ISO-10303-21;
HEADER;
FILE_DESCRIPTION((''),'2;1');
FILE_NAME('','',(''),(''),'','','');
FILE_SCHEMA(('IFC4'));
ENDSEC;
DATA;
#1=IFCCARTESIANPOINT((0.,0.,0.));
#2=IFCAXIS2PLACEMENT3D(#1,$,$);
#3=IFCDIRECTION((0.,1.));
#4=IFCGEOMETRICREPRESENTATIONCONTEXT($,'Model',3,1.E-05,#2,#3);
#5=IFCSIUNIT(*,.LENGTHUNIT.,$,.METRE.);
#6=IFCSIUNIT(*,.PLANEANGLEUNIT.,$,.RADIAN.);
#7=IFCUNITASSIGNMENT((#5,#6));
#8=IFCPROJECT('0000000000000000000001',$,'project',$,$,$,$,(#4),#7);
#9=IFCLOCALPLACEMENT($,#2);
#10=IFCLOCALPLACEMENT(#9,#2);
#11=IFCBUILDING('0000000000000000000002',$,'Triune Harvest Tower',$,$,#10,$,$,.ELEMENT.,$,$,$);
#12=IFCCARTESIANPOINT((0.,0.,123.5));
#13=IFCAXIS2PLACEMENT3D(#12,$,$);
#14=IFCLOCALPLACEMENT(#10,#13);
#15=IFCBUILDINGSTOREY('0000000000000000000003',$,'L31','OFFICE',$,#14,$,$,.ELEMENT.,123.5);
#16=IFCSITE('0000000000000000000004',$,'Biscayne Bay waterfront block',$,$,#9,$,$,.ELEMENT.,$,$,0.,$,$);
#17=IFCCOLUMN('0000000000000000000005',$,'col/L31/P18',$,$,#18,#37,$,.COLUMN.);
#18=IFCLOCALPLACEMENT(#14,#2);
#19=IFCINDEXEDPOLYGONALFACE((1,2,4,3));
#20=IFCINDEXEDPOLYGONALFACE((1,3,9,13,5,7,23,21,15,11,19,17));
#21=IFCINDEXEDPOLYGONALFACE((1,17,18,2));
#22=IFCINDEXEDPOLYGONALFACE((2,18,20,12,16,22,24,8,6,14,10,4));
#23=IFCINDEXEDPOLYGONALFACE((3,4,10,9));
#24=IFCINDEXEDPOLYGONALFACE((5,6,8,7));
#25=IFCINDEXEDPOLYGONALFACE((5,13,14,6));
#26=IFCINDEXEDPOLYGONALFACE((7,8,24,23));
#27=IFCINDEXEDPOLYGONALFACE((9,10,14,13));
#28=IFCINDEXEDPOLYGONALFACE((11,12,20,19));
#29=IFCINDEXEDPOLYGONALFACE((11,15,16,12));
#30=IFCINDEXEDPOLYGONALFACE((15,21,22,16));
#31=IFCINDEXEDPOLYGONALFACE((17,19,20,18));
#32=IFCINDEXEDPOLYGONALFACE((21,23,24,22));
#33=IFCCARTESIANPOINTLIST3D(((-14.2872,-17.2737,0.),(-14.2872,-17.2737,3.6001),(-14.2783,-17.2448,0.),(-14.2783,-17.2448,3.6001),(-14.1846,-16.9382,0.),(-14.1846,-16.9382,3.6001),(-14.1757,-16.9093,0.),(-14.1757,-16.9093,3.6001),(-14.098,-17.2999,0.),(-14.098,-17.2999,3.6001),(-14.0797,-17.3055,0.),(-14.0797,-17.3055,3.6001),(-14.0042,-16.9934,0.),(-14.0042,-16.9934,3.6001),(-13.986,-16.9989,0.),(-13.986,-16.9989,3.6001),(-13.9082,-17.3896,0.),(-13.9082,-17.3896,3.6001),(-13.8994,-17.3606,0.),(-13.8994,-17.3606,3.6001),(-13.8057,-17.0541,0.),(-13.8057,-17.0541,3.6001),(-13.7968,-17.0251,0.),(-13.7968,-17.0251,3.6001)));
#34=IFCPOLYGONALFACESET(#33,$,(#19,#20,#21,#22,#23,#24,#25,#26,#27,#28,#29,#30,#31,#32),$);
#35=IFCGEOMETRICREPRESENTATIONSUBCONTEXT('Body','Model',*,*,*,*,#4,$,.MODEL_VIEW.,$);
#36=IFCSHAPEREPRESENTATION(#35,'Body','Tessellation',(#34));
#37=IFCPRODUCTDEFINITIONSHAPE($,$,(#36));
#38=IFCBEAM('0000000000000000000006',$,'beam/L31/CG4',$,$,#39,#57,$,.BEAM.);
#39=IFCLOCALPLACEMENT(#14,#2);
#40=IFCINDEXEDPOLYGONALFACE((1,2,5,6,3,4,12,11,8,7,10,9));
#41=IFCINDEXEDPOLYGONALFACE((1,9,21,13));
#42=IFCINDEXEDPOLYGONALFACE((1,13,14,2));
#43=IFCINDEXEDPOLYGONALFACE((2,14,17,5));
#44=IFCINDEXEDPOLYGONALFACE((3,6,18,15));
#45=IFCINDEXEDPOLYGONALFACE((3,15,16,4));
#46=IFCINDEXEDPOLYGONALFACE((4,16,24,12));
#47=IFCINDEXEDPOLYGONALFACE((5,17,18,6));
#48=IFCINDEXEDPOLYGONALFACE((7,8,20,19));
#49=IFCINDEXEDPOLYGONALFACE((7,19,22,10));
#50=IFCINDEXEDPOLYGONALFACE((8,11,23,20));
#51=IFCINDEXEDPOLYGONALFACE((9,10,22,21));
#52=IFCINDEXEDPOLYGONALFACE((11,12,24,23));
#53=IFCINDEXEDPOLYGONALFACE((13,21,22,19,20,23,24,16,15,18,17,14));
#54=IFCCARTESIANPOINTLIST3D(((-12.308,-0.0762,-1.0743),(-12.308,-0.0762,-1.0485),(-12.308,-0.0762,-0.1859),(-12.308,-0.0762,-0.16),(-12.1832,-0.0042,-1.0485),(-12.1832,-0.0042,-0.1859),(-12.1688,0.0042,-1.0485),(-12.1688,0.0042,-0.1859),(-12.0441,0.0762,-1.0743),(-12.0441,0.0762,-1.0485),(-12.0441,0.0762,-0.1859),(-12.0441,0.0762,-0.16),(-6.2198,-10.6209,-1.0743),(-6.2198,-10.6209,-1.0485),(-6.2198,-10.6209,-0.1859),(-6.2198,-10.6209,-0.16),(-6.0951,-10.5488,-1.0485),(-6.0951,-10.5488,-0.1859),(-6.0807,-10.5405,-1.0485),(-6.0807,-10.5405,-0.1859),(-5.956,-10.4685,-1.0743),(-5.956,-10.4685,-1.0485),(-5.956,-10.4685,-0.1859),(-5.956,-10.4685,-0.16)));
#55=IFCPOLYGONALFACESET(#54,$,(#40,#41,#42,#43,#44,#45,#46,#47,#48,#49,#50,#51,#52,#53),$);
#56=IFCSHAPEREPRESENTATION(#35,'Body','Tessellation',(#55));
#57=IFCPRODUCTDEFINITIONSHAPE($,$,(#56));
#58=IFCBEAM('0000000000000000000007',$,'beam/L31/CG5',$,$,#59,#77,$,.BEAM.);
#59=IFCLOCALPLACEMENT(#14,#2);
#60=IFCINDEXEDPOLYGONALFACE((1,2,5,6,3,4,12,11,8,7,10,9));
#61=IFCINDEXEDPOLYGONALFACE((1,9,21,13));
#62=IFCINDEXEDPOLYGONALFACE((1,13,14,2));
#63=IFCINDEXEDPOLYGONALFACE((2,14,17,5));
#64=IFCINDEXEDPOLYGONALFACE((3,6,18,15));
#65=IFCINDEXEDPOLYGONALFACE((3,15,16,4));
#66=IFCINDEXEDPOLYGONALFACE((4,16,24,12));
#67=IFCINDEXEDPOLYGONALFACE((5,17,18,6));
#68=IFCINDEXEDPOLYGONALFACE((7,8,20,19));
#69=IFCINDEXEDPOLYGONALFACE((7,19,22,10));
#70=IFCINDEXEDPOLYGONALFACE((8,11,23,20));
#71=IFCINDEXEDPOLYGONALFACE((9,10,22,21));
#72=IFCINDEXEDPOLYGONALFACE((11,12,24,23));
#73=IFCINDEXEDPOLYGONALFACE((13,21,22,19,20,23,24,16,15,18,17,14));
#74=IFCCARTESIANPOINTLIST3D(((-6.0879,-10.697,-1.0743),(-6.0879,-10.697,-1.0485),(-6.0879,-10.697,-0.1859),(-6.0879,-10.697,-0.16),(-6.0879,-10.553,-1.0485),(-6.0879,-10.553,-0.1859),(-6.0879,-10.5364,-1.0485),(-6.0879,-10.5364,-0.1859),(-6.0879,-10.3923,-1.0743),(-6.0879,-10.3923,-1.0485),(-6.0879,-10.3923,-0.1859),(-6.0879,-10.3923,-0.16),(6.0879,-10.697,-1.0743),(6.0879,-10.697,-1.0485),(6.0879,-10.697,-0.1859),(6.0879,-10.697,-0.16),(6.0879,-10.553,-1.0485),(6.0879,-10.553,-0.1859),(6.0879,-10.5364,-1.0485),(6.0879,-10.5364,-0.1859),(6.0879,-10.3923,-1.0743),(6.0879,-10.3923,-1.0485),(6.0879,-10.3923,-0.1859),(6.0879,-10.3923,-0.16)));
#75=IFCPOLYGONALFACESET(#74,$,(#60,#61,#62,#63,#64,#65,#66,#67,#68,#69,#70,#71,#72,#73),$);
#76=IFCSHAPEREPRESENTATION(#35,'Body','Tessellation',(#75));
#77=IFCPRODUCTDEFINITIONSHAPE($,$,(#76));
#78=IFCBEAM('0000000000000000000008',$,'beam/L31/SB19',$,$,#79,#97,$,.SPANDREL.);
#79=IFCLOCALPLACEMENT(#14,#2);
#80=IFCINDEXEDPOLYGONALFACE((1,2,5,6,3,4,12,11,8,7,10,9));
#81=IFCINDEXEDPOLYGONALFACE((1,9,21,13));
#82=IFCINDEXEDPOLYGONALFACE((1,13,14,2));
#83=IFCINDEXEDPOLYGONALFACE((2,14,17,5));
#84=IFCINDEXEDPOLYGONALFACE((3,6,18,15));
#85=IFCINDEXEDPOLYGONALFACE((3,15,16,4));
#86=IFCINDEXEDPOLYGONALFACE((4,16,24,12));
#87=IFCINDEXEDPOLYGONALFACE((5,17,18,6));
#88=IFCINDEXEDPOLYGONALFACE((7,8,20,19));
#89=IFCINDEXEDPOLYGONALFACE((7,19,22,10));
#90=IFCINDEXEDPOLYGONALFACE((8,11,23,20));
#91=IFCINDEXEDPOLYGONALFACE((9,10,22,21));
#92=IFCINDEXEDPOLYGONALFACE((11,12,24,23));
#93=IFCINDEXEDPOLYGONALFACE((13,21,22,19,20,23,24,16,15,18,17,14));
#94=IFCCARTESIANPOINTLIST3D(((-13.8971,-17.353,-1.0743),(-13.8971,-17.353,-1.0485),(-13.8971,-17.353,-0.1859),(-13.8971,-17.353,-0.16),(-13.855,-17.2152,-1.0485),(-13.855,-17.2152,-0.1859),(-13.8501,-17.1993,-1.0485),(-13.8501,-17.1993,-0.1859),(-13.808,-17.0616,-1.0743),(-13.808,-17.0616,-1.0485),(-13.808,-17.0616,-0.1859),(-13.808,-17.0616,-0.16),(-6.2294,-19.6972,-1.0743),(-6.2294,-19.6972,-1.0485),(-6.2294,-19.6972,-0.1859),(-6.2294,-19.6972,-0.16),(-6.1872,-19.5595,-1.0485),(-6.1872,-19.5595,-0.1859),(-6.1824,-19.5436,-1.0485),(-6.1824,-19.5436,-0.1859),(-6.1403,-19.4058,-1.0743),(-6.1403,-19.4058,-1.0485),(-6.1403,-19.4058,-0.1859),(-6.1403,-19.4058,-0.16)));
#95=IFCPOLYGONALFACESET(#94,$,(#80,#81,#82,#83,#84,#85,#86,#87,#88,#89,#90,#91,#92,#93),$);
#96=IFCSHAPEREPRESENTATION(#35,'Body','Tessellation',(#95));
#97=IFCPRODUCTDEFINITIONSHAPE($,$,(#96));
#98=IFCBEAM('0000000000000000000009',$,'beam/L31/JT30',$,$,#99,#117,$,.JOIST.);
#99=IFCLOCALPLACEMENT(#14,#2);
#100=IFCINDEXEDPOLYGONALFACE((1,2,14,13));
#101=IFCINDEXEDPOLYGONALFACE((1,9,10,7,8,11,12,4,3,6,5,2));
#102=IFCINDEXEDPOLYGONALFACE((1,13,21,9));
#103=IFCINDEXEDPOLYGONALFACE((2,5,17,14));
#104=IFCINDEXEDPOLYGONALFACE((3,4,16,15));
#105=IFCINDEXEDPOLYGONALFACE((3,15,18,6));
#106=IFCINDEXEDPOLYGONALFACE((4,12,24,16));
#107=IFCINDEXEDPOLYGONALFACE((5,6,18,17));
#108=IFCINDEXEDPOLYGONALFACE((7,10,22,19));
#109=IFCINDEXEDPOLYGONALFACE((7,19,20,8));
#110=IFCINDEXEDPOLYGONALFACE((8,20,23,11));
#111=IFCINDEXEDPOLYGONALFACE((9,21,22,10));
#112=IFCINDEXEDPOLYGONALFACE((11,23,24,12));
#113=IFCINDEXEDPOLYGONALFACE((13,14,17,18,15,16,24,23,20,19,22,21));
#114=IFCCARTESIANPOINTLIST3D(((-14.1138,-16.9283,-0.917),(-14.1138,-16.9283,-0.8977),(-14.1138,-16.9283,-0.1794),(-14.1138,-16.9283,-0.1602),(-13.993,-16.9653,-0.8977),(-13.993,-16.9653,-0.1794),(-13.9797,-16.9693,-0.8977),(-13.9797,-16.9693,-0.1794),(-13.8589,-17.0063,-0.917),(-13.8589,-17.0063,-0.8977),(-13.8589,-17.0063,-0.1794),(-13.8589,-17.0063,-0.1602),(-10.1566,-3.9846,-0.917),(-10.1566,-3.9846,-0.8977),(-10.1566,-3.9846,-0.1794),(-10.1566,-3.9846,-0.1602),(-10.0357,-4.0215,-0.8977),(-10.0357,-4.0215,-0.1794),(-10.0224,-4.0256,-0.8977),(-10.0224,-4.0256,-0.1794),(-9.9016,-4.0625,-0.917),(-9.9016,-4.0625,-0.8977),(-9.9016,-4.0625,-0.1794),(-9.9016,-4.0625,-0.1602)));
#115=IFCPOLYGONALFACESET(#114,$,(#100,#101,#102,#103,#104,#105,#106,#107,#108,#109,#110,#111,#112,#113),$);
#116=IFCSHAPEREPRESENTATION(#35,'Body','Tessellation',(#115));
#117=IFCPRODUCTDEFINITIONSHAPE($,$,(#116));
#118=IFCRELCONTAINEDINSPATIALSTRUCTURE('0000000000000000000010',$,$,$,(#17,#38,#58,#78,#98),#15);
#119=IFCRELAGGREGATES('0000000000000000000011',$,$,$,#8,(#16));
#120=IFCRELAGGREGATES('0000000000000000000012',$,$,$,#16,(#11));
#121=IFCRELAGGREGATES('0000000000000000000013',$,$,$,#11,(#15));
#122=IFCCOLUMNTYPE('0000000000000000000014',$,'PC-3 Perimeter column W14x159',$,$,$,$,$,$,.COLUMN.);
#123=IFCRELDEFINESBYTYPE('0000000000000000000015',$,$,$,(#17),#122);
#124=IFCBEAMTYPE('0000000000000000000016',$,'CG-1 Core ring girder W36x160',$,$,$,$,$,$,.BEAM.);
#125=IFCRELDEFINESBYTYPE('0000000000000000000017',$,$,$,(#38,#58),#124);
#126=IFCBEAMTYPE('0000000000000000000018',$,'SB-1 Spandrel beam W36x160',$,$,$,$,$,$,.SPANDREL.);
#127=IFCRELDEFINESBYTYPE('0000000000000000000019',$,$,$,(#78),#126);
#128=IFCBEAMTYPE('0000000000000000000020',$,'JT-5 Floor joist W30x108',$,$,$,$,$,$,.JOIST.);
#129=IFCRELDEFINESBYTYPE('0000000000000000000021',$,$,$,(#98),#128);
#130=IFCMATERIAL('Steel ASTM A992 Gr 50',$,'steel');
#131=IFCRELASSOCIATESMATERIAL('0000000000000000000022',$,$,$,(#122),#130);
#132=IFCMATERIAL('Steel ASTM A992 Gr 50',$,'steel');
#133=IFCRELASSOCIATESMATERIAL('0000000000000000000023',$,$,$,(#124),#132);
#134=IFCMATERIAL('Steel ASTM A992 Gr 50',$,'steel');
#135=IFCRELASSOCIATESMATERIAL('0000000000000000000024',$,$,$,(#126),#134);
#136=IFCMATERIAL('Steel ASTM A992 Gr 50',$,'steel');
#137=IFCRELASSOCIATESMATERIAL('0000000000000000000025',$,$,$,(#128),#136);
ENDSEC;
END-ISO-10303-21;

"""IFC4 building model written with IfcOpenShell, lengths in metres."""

from ifc_helpers import new_model, si_unit, direction, frame, origin, origin_2d, place, context, subcontext, project, spatial, i_section, extrude, source, transform, mapped, material, material_profile, profile_set, type_object, element, save


model = new_model("IFC4")

# Units and contexts
model_context = context("Model", 3, precision=1e-05, world=origin(), true_north=direction((0.0, 1.0)))
body_context = subcontext(model_context, "Body", "Model", "MODEL_VIEW")
ifc_project = project(units=[si_unit("LENGTHUNIT", "METRE"), si_unit("PLANEANGLEUNIT", "RADIAN")], contexts=[model_context])

# Site, building, storey
site_placement = place(None, origin())
site = spatial("IfcSite", under=ifc_project, at=site_placement, Name="Biscayne Bay waterfront block", CompositionType="ELEMENT", RefElevation=0.0)
building_placement = place(site_placement, origin())
building = spatial("IfcBuilding", under=site, at=building_placement, Name="Triune Harvest Tower", CompositionType="ELEMENT")
storey_placement = place(building_placement, frame((0.0, 0.0, 123.5)))
storey = spatial("IfcBuildingStorey", under=building, at=storey_placement, Name="L31", Description="OFFICE", CompositionType="ELEMENT", Elevation=123.5)

# Column
ifc_material_1 = material(Name="Steel ASTM A992 Gr 50", Category="steel")
ifc_material_profile_1 = material_profile(ifc_material_1, i_section(OverallWidth=0.3962, OverallDepth=0.3811, WebThickness=0.019, FlangeThickness=0.0303, at=origin_2d()), Name="W14x159")
ifc_profile_set_1 = profile_set([ifc_material_profile_1], Name="Steel ASTM A992 Gr 50")
column_type = type_object("IfcColumnType", Name="PC-3 Perimeter column W14x159", PredefinedType="COLUMN", material=ifc_profile_set_1)
shared_shape_1 = source(origin(), body_context, "Body", "SweptSolid", [
    extrude(i_section(OverallWidth=0.3962, OverallDepth=0.3811, WebThickness=0.019, FlangeThickness=0.0303, at=origin_2d()), origin(), (0.0, 0.0, 1.0), 3.6001),
])
column_placement = place(storey_placement, frame((-14.042, -17.1494, 0.0), z_axis=(0.0, 0.0, 1.0), x_axis=(0.956305, -0.292372, 0.0)))
element("IfcColumn", 1, at=column_placement, inside=storey, type_object=column_type, Name="col/L31/P18", PredefinedType="COLUMN", context=body_context, shape_type="MappedRepresentation", body=[
    mapped(shared_shape_1, transform((0.0, 0.0, 0.0), scale=1.0)),
])

# Beams
ifc_material_2 = material(Name="Steel ASTM A992 Gr 50", Category="steel")
ifc_material_profile_2 = material_profile(ifc_material_2, i_section(OverallWidth=0.3047, OverallDepth=0.9143, WebThickness=0.0166, FlangeThickness=0.0259, at=origin_2d()), Name="W36x160")
ifc_profile_set_2 = profile_set([ifc_material_profile_2], Name="Steel ASTM A992 Gr 50")
beam_type_1 = type_object("IfcBeamType", Name="CG-1 Core ring girder W36x160", PredefinedType="BEAM", material=ifc_profile_set_2)
shared_shape_2 = source(origin(), body_context, "Body", "SweptSolid", [
    extrude(i_section(OverallWidth=0.3047, OverallDepth=0.9143, WebThickness=0.0166, FlangeThickness=0.0259, at=origin_2d()), origin(), (0.0, 0.0, 1.0), 12.176),
])
beam_1_placement = place(storey_placement, frame((-12.176, 0.0, -0.6172), z_axis=(0.50001, -0.86602, 0.0), x_axis=(0.86602, 0.50001, 0.0)))
element("IfcBeam", 2, at=beam_1_placement, inside=storey, type_object=beam_type_1, Name="beam/L31/CG4", PredefinedType="BEAM", context=body_context, shape_type="MappedRepresentation", body=[
    mapped(shared_shape_2, transform((0.0, 0.0, 0.0), scale=1.0)),
])
shared_shape_3 = source(origin(), body_context, "Body", "SweptSolid", [
    extrude(i_section(OverallWidth=0.3047, OverallDepth=0.9143, WebThickness=0.0166, FlangeThickness=0.0259, at=origin_2d()), origin(), (0.0, 0.0, 1.0), 12.1758),
])
beam_2_placement = place(storey_placement, frame((-6.0879, -10.5447, -0.6172), z_axis=(1.0, 0.0, 0.0), x_axis=(0.0, 1.0, 0.0)))
element("IfcBeam", 3, at=beam_2_placement, inside=storey, type_object=beam_type_1, Name="beam/L31/CG5", PredefinedType="BEAM", context=body_context, shape_type="MappedRepresentation", body=[
    mapped(shared_shape_3, transform((0.0, 0.0, 0.0), scale=1.0)),
])
ifc_material_3 = material(Name="Steel ASTM A992 Gr 50", Category="steel")
ifc_material_profile_3 = material_profile(ifc_material_3, i_section(OverallWidth=0.3047, OverallDepth=0.9143, WebThickness=0.0166, FlangeThickness=0.0259, at=origin_2d()), Name="W36x160")
ifc_profile_set_3 = profile_set([ifc_material_profile_3], Name="Steel ASTM A992 Gr 50")
beam_type_2 = type_object("IfcBeamType", Name="SB-1 Spandrel beam W36x160", PredefinedType="SPANDREL", material=ifc_profile_set_3)
shared_shape_4 = source(origin(), body_context, "Body", "SweptSolid", [
    extrude(i_section(OverallWidth=0.3047, OverallDepth=0.9143, WebThickness=0.0166, FlangeThickness=0.0259, at=origin_2d()), origin(), (0.0, 0.0, 1.0), 8.0181),
])
beam_3_placement = place(storey_placement, frame((-13.8525, -17.2073, -0.6172), z_axis=(0.956305, -0.292369, 0.0), x_axis=(0.292369, 0.956305, 0.0)))
element("IfcBeam", 4, at=beam_3_placement, inside=storey, type_object=beam_type_2, Name="beam/L31/SB19", PredefinedType="SPANDREL", context=body_context, shape_type="MappedRepresentation", body=[
    mapped(shared_shape_4, transform((0.0, 0.0, 0.0), scale=1.0)),
])
ifc_material_4 = material(Name="Steel ASTM A992 Gr 50", Category="steel")
ifc_material_profile_4 = material_profile(ifc_material_4, i_section(OverallWidth=0.2666, OverallDepth=0.7568, WebThickness=0.0139, FlangeThickness=0.0193, at=origin_2d()), Name="W30x108")
ifc_profile_set_4 = profile_set([ifc_material_profile_4], Name="Steel ASTM A992 Gr 50")
beam_type_3 = type_object("IfcBeamType", Name="JT-5 Floor joist W30x108", PredefinedType="JOIST", material=ifc_profile_set_4)
shared_shape_5 = source(origin(), body_context, "Body", "SweptSolid", [
    extrude(i_section(OverallWidth=0.2666, OverallDepth=0.7568, WebThickness=0.0139, FlangeThickness=0.0193, at=origin_2d()), origin(), (0.0, 0.0, 1.0), 13.5352),
])
beam_4_placement = place(storey_placement, frame((-13.9863, -16.9673, -0.5386), z_axis=(0.292368, 0.956306, 0.0), x_axis=(-0.956306, 0.292368, 0.0)))
element("IfcBeam", 5, at=beam_4_placement, inside=storey, type_object=beam_type_3, Name="beam/L31/JT30", PredefinedType="JOIST", context=body_context, shape_type="MappedRepresentation", body=[
    mapped(shared_shape_5, transform((0.0, 0.0, 0.0), scale=1.0)),
])

save(model, "model.ifc")
